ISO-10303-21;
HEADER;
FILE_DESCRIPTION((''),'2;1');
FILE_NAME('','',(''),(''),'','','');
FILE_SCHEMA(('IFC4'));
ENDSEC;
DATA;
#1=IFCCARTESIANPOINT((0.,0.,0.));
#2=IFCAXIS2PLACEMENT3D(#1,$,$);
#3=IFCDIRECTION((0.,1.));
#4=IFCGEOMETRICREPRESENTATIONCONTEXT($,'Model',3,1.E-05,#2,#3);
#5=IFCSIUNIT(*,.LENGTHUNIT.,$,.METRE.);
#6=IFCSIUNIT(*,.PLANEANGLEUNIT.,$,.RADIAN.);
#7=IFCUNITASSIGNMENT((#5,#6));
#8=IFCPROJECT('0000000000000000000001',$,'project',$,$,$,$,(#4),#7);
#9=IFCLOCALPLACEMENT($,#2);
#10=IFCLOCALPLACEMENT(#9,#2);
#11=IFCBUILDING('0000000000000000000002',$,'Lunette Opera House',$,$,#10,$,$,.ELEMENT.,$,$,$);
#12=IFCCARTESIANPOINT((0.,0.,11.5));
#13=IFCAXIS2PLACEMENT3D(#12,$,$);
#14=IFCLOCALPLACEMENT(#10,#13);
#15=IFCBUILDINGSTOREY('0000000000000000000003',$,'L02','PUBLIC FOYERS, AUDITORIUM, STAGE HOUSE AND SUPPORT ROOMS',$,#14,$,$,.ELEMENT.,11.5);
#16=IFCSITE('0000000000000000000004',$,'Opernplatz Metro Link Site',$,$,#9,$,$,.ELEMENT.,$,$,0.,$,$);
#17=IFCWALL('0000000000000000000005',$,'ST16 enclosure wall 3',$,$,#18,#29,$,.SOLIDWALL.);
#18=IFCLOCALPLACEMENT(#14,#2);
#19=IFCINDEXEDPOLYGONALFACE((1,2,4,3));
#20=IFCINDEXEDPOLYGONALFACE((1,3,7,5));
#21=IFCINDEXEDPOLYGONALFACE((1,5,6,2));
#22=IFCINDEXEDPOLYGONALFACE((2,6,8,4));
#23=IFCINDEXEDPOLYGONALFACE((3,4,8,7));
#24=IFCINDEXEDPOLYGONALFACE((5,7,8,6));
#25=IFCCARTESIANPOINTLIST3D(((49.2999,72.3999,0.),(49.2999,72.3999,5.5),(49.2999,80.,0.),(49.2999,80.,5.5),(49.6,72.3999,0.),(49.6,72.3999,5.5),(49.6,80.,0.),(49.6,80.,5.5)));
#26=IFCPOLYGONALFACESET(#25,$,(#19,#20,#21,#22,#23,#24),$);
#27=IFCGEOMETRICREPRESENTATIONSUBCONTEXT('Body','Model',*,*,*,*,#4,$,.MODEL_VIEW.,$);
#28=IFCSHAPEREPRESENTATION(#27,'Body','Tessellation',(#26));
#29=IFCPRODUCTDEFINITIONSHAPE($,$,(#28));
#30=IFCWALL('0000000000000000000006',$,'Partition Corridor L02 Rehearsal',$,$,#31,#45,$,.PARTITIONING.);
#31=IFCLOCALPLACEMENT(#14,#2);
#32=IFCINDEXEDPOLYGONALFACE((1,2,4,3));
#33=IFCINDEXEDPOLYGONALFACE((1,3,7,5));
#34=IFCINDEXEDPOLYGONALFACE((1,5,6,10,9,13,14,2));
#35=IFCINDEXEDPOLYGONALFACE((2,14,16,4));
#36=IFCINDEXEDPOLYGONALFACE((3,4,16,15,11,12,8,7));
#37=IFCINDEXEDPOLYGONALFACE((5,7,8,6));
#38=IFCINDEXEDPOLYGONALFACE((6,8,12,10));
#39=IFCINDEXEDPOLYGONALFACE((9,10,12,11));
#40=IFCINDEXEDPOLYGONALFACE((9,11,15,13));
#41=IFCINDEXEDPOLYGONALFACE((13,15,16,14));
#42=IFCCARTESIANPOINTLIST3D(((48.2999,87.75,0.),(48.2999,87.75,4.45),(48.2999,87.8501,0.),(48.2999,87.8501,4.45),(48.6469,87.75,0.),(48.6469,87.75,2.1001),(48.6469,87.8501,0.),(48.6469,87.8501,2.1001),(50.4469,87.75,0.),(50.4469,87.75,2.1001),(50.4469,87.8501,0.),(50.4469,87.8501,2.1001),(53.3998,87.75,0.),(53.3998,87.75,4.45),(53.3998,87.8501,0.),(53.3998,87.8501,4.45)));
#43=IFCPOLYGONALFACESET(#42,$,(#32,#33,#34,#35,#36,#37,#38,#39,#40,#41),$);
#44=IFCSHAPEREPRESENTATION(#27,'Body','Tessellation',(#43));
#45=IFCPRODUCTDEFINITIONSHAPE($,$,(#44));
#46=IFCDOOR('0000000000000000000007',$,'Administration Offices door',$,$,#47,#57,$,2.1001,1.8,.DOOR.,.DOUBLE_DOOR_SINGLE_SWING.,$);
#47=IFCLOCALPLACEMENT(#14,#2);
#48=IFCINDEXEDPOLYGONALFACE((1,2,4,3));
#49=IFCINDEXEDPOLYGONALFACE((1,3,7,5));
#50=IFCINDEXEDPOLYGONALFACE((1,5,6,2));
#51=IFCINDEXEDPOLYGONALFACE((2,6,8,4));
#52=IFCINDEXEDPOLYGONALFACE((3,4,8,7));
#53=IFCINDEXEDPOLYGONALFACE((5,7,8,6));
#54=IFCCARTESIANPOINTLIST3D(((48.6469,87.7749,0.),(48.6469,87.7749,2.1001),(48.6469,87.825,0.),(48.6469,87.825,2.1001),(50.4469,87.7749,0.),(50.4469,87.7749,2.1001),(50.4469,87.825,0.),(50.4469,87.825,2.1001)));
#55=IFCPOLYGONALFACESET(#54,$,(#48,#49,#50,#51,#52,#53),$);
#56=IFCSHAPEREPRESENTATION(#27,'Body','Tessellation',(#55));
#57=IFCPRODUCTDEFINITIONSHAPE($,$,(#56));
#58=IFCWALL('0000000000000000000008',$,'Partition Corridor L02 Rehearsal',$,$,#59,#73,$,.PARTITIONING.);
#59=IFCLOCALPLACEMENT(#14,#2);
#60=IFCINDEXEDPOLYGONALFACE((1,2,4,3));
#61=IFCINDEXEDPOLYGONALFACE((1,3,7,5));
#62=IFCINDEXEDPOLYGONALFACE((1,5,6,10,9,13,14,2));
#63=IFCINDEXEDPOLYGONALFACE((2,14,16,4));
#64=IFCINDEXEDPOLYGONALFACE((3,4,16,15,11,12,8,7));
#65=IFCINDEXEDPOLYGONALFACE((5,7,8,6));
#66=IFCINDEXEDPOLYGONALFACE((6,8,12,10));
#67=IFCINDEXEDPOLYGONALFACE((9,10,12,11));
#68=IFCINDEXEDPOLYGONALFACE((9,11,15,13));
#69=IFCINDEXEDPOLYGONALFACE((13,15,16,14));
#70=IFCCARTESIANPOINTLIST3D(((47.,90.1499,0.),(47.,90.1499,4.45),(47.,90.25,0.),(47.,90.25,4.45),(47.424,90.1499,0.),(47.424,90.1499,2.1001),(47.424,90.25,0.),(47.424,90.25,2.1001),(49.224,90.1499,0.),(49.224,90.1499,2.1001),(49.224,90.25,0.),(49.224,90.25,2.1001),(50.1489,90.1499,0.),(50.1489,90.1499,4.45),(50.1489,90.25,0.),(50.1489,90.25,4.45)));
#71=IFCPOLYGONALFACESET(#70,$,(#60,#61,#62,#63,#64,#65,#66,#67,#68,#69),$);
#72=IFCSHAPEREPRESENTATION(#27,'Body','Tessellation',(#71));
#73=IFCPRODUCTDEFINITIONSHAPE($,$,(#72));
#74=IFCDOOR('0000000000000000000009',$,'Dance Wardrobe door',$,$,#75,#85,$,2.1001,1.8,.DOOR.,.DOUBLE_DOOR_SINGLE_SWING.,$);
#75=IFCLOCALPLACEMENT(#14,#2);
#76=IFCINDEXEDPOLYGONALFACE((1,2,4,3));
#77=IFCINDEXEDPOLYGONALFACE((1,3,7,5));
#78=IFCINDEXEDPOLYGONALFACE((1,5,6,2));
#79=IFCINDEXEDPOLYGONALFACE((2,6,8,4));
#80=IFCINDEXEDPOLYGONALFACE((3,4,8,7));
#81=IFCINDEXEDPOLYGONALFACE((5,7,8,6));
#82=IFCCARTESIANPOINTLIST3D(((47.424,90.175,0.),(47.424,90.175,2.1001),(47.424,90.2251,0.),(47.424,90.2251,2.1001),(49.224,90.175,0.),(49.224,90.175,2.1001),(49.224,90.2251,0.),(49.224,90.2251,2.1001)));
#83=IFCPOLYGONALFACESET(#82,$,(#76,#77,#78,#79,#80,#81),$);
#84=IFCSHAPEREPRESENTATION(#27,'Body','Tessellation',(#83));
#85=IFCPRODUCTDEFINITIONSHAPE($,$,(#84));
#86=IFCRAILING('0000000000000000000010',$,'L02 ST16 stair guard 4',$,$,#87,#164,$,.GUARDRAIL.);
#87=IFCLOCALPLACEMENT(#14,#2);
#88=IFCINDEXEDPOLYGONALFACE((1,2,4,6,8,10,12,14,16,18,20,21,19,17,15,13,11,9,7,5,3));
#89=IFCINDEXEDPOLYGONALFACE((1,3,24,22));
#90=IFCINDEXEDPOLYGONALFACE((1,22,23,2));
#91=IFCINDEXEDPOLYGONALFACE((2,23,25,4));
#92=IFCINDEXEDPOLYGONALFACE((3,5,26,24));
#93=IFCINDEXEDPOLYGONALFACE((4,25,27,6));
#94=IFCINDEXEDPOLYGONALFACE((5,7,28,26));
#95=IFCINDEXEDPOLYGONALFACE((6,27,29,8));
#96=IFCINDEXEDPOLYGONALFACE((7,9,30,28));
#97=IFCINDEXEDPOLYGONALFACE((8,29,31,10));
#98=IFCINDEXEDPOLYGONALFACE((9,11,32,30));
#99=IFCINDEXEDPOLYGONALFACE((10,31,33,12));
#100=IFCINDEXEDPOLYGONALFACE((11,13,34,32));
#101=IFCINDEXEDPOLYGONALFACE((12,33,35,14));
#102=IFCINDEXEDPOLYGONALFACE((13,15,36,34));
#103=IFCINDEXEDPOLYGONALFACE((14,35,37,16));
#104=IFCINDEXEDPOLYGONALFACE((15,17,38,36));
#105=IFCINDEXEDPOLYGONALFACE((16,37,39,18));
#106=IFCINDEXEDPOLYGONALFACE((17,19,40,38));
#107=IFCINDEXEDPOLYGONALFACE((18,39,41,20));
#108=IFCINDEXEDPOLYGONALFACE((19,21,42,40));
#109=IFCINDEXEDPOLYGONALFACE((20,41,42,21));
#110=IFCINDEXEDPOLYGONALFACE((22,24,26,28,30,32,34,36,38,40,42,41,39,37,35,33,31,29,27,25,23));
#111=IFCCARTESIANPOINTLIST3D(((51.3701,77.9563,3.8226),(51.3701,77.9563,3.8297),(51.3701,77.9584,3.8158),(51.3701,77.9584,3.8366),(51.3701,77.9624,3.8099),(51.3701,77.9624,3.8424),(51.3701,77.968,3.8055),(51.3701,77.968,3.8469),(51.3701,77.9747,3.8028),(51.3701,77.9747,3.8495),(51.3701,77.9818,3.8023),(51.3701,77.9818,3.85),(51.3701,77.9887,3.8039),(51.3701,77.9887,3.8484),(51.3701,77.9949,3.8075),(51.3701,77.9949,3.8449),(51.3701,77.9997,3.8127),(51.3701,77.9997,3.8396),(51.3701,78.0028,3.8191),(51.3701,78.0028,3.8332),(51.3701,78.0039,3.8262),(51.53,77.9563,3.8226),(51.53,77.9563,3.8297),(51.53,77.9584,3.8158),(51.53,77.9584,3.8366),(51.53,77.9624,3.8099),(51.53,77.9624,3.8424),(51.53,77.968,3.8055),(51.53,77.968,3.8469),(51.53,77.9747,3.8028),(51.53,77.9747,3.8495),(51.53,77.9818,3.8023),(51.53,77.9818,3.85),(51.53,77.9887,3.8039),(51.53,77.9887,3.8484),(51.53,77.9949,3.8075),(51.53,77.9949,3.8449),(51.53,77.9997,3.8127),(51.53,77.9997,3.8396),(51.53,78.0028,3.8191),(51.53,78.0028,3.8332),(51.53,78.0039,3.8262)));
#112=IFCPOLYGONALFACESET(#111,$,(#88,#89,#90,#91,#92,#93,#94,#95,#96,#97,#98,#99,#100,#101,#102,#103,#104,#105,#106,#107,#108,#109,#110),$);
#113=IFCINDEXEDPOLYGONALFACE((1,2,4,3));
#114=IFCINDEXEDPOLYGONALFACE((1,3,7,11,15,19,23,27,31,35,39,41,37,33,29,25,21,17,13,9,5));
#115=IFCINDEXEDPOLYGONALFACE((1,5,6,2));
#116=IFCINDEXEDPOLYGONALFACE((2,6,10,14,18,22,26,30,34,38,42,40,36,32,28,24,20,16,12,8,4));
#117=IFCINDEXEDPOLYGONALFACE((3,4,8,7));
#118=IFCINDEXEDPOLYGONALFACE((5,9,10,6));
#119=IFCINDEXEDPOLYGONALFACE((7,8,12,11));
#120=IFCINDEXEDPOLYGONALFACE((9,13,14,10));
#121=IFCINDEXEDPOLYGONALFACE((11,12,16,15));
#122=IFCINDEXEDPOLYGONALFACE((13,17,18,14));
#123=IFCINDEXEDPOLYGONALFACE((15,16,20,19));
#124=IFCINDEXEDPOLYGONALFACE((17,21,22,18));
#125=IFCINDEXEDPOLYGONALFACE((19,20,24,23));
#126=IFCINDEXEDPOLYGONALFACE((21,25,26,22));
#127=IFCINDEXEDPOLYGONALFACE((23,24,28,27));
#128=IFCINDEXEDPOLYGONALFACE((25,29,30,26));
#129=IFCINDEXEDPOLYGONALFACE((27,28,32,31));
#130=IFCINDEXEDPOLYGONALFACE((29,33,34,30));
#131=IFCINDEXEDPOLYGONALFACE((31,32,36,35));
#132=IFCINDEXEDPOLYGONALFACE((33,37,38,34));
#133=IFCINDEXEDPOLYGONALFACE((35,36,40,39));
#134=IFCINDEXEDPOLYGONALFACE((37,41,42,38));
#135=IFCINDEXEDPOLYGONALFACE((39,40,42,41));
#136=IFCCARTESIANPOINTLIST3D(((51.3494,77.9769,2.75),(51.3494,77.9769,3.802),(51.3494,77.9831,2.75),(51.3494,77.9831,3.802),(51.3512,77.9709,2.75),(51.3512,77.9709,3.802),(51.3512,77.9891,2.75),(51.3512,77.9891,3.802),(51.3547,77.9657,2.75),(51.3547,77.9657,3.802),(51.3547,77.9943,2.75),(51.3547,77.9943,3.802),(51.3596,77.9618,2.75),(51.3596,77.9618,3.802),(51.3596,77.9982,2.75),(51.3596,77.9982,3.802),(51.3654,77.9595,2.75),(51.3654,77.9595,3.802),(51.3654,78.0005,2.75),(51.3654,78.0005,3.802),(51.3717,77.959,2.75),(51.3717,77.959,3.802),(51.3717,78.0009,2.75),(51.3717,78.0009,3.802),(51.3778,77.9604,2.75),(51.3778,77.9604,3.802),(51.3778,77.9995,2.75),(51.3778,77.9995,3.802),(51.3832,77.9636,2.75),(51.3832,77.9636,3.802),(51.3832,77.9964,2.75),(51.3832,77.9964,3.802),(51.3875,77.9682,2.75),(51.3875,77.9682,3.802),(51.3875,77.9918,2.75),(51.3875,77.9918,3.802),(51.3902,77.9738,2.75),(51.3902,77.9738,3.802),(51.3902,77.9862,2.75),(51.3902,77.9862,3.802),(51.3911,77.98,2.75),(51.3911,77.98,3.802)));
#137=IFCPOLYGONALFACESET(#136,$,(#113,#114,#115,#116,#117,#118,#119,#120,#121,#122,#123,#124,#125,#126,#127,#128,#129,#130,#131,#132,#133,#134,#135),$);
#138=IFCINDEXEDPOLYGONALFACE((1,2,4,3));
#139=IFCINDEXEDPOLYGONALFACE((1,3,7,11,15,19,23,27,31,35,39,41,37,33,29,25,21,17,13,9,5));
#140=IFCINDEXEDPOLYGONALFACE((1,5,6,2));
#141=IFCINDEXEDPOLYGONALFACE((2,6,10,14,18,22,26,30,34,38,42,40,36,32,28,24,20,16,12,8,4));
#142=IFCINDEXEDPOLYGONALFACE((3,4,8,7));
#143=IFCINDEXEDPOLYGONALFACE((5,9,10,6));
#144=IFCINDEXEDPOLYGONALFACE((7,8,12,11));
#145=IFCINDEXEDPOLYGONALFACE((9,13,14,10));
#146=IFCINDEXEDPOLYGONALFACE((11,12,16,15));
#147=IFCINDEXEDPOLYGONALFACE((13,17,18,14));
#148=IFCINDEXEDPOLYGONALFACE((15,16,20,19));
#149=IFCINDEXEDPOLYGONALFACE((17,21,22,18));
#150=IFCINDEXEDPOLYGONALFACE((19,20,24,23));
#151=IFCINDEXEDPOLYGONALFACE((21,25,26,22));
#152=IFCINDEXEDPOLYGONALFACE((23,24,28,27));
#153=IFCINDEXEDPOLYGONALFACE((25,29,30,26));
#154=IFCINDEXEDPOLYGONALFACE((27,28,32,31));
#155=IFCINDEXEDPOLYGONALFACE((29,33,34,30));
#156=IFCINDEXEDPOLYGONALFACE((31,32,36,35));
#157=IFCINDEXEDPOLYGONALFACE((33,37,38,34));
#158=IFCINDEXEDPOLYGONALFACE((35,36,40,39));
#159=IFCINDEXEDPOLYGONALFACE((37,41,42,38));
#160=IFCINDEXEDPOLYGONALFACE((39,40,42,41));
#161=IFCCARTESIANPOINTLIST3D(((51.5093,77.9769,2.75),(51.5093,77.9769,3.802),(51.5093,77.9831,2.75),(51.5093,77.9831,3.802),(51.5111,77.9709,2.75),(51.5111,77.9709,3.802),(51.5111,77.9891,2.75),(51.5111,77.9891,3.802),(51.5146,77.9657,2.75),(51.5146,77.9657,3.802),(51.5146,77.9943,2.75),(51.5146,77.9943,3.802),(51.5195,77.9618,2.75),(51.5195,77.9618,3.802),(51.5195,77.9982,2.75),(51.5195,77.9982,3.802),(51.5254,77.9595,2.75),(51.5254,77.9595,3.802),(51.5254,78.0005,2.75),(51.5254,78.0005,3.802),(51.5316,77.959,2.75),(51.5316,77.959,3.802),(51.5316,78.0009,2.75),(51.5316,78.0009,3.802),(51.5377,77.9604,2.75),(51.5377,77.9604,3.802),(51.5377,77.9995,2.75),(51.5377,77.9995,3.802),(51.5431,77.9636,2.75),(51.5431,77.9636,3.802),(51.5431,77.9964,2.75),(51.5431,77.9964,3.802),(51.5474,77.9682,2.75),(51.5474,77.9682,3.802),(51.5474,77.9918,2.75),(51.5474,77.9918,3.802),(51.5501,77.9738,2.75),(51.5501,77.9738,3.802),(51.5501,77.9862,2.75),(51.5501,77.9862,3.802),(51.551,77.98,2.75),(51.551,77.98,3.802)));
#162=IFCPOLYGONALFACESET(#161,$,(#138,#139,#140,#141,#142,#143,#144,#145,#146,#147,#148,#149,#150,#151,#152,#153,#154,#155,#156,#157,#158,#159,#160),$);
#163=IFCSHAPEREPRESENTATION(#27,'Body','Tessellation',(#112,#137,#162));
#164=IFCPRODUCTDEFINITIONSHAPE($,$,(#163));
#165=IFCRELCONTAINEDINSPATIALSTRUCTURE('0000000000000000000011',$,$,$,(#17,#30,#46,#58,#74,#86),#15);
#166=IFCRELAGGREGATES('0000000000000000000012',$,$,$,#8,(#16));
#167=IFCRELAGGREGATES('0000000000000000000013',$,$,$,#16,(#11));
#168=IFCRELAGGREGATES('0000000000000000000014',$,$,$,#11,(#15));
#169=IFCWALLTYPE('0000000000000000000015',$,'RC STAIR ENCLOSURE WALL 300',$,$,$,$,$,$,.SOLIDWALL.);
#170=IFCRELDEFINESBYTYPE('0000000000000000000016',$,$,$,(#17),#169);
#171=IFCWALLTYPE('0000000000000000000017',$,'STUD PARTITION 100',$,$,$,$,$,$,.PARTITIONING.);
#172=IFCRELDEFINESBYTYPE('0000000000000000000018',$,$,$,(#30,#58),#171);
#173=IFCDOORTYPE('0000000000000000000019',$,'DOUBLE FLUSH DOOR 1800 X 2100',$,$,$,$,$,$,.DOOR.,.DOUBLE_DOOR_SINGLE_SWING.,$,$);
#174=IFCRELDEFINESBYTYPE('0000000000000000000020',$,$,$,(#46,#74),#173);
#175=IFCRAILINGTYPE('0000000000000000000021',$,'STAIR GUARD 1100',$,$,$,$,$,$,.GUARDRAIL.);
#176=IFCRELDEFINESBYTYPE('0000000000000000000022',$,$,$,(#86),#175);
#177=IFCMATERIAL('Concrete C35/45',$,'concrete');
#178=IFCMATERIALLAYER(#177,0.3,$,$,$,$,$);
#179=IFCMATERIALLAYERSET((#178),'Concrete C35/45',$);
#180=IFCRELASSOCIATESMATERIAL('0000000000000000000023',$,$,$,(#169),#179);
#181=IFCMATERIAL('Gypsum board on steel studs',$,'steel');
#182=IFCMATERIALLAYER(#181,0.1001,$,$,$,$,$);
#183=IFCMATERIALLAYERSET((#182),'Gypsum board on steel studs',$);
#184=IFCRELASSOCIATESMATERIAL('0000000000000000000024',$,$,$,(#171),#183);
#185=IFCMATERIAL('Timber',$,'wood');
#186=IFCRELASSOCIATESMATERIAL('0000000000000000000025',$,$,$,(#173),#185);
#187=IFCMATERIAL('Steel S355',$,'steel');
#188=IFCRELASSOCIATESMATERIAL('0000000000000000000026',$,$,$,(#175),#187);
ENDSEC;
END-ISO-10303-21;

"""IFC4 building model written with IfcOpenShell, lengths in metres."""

from ifc_helpers import new_model, si_unit, direction, frame, frame_2d, origin, origin_2d, place, context, subcontext, project, spatial, rectangle, circle, extrude, material, layer, layer_set, type_object, element, fill, save


model = new_model("IFC4")

# Units and contexts
model_context = context("Model", 3, precision=1e-05, world=origin(), true_north=direction((0.0, 1.0)))
body_context = subcontext(model_context, "Body", "Model", "MODEL_VIEW")
ifc_project = project(units=[si_unit("LENGTHUNIT", "METRE"), si_unit("PLANEANGLEUNIT", "RADIAN")], contexts=[model_context])

# Site, building, storey
site_placement = place(None, origin())
site = spatial("IfcSite", under=ifc_project, at=site_placement, Name="Opernplatz Metro Link Site", CompositionType="ELEMENT", RefElevation=0.0)
building_placement = place(site_placement, origin())
building = spatial("IfcBuilding", under=site, at=building_placement, Name="Lunette Opera House", CompositionType="ELEMENT")
storey_placement = place(building_placement, frame((0.0, 0.0, 11.5)))
storey = spatial("IfcBuildingStorey", under=building, at=storey_placement, Name="L02", Description="PUBLIC FOYERS, AUDITORIUM, STAGE HOUSE AND SUPPORT ROOMS", CompositionType="ELEMENT", Elevation=11.5)

# Shared definitions
ifc_material_1 = material(Name="Concrete C35/45", Category="concrete")
ifc_layer_1 = layer(ifc_material_1, 0.3)
ifc_layer_set_1 = layer_set([ifc_layer_1], Name="Concrete C35/45")
wall_type_1 = type_object("IfcWallType", Name="RC STAIR ENCLOSURE WALL 300", PredefinedType="SOLIDWALL", material=ifc_layer_set_1)

# Wall
wall_1_placement = place(storey_placement, frame((49.45, 80.0, 0.0), z_axis=(0.0, 0.0, 1.0), x_axis=(0.0, -1.0, 0.0)))
element("IfcWall", 1, at=wall_1_placement, inside=storey, type_object=wall_type_1, Name="ST16 enclosure wall 3", PredefinedType="SOLIDWALL", context=body_context, shape_type="SweptSolid", body=[
    extrude(rectangle(XDim=7.6001, YDim=0.3, at=frame_2d((3.8, 0.0))), origin(), (0.0, 0.0, 1.0), 5.5),
])

# Walls, openings, doors
ifc_material_2 = material(Name="Gypsum board on steel studs", Category="steel")
ifc_layer_2 = layer(ifc_material_2, 0.1001)
ifc_layer_set_2 = layer_set([ifc_layer_2], Name="Gypsum board on steel studs")
wall_type_2 = type_object("IfcWallType", Name="STUD PARTITION 100", PredefinedType="PARTITIONING", material=ifc_layer_set_2)
wall_2_placement = place(storey_placement, frame((48.3, 87.8, 0.0), z_axis=(0.0, 0.0, 1.0), x_axis=(1.0, 0.0, 0.0)))
wall_2 = element("IfcWall", 2, at=wall_2_placement, inside=storey, type_object=wall_type_2, Name="Partition Corridor L02 Rehearsal", PredefinedType="PARTITIONING", context=body_context, shape_type="SweptSolid", body=[
    extrude(rectangle(XDim=5.0999, YDim=0.1001, at=frame_2d((2.5498, 0.0))), origin(), (0.0, 0.0, 1.0), 4.45),
])
opening_1_placement = place(wall_2_placement, frame((0.3469, 0.0, 0.0)))
opening_1 = element("IfcOpeningElement", 3, at=opening_1_placement, cuts=wall_2, PredefinedType="OPENING", context=body_context, shape_type="SweptSolid", body=[
    extrude(rectangle(XDim=1.8, YDim=2.1001, at=frame_2d((0.8999, 1.05))), frame((0.0, 0.062, 0.0), z_axis=(0.0, -1.0, 0.0), x_axis=(1.0, 0.0, 0.0)), (0.0, 0.0, 1.0), 0.124),
])
ifc_material_3 = material(Name="Timber", Category="wood")
door_type_1 = type_object("IfcDoorType", Name="DOUBLE FLUSH DOOR 1800 X 2100", OperationType="DOUBLE_DOOR_SINGLE_SWING", PredefinedType="DOOR", material=ifc_material_3)
door_1_placement = place(opening_1_placement, origin())
door_1 = element("IfcDoor", 4, at=door_1_placement, inside=storey, type_object=door_type_1, Name="Administration Offices door", OperationType="DOUBLE_DOOR_SINGLE_SWING", OverallHeight=2.1001, OverallWidth=1.8, PredefinedType="DOOR", context=body_context, shape_type="SweptSolid", body=[
    extrude(rectangle(XDim=1.8, YDim=2.1001, at=frame_2d((0.8999, 1.05))), frame((0.0, 0.0249, 0.0), z_axis=(0.0, -1.0, 0.0), x_axis=(1.0, 0.0, 0.0)), (0.0, 0.0, 1.0), 0.05),
])
fill(opening_1, door_1)
wall_3_placement = place(storey_placement, frame((50.1489, 90.2, 0.0), z_axis=(0.0, 0.0, 1.0), x_axis=(-1.0, 0.0, 0.0)))
wall_3 = element("IfcWall", 5, at=wall_3_placement, inside=storey, type_object=wall_type_2, Name="Partition Corridor L02 Rehearsal", PredefinedType="PARTITIONING", context=body_context, shape_type="SweptSolid", body=[
    extrude(rectangle(XDim=3.1489, YDim=0.1001, at=frame_2d((1.5745, 0.0))), origin(), (0.0, 0.0, 1.0), 4.45),
])
opening_2_placement = place(wall_3_placement, frame((0.925, 0.0, 0.0)))
opening_2 = element("IfcOpeningElement", 6, at=opening_2_placement, cuts=wall_3, PredefinedType="OPENING", context=body_context, shape_type="SweptSolid", body=[
    extrude(rectangle(XDim=1.8, YDim=2.1001, at=frame_2d((0.8999, 1.05))), frame((0.0, 0.062, 0.0), z_axis=(0.0, -1.0, 0.0), x_axis=(1.0, 0.0, 0.0)), (0.0, 0.0, 1.0), 0.124),
])
door_2_placement = place(opening_2_placement, origin())
door_2 = element("IfcDoor", 7, at=door_2_placement, inside=storey, type_object=door_type_1, Name="Dance Wardrobe door", OperationType="DOUBLE_DOOR_SINGLE_SWING", OverallHeight=2.1001, OverallWidth=1.8, PredefinedType="DOOR", context=body_context, shape_type="SweptSolid", body=[
    extrude(rectangle(XDim=1.8, YDim=2.1001, at=frame_2d((0.8999, 1.05))), frame((0.0, 0.0249, 0.0), z_axis=(0.0, -1.0, 0.0), x_axis=(1.0, 0.0, 0.0)), (0.0, 0.0, 1.0), 0.05),
])
fill(opening_2, door_2)

# Railing
ifc_material_4 = material(Name="Steel S355", Category="steel")
railing_type = type_object("IfcRailingType", Name="STAIR GUARD 1100", PredefinedType="GUARDRAIL", material=ifc_material_4)
railing_1_placement = place(storey_placement, frame((51.3701, 77.98, 2.75)))
element("IfcRailing", 8, at=railing_1_placement, inside=storey, type_object=railing_type, Name="L02 ST16 stair guard 4", PredefinedType="GUARDRAIL", context=body_context, shape_type="SweptSolid", body=[
    extrude(circle(Radius=0.0239, at=origin_2d()), frame((0.0, 0.0, 1.0762), z_axis=(1.0, 0.0, 0.0), x_axis=(0.0, 1.0, 0.0)), (0.0, 0.0, 1.0), 0.1599),
    extrude(circle(Radius=0.021, at=origin_2d()), origin(), (0.0, 0.0, 1.0), 1.052),
    extrude(circle(Radius=0.021, at=origin_2d()), frame((0.1599, 0.0, 0.0)), (0.0, 0.0, 1.0), 1.052),
])

save(model, "model.ifc")
